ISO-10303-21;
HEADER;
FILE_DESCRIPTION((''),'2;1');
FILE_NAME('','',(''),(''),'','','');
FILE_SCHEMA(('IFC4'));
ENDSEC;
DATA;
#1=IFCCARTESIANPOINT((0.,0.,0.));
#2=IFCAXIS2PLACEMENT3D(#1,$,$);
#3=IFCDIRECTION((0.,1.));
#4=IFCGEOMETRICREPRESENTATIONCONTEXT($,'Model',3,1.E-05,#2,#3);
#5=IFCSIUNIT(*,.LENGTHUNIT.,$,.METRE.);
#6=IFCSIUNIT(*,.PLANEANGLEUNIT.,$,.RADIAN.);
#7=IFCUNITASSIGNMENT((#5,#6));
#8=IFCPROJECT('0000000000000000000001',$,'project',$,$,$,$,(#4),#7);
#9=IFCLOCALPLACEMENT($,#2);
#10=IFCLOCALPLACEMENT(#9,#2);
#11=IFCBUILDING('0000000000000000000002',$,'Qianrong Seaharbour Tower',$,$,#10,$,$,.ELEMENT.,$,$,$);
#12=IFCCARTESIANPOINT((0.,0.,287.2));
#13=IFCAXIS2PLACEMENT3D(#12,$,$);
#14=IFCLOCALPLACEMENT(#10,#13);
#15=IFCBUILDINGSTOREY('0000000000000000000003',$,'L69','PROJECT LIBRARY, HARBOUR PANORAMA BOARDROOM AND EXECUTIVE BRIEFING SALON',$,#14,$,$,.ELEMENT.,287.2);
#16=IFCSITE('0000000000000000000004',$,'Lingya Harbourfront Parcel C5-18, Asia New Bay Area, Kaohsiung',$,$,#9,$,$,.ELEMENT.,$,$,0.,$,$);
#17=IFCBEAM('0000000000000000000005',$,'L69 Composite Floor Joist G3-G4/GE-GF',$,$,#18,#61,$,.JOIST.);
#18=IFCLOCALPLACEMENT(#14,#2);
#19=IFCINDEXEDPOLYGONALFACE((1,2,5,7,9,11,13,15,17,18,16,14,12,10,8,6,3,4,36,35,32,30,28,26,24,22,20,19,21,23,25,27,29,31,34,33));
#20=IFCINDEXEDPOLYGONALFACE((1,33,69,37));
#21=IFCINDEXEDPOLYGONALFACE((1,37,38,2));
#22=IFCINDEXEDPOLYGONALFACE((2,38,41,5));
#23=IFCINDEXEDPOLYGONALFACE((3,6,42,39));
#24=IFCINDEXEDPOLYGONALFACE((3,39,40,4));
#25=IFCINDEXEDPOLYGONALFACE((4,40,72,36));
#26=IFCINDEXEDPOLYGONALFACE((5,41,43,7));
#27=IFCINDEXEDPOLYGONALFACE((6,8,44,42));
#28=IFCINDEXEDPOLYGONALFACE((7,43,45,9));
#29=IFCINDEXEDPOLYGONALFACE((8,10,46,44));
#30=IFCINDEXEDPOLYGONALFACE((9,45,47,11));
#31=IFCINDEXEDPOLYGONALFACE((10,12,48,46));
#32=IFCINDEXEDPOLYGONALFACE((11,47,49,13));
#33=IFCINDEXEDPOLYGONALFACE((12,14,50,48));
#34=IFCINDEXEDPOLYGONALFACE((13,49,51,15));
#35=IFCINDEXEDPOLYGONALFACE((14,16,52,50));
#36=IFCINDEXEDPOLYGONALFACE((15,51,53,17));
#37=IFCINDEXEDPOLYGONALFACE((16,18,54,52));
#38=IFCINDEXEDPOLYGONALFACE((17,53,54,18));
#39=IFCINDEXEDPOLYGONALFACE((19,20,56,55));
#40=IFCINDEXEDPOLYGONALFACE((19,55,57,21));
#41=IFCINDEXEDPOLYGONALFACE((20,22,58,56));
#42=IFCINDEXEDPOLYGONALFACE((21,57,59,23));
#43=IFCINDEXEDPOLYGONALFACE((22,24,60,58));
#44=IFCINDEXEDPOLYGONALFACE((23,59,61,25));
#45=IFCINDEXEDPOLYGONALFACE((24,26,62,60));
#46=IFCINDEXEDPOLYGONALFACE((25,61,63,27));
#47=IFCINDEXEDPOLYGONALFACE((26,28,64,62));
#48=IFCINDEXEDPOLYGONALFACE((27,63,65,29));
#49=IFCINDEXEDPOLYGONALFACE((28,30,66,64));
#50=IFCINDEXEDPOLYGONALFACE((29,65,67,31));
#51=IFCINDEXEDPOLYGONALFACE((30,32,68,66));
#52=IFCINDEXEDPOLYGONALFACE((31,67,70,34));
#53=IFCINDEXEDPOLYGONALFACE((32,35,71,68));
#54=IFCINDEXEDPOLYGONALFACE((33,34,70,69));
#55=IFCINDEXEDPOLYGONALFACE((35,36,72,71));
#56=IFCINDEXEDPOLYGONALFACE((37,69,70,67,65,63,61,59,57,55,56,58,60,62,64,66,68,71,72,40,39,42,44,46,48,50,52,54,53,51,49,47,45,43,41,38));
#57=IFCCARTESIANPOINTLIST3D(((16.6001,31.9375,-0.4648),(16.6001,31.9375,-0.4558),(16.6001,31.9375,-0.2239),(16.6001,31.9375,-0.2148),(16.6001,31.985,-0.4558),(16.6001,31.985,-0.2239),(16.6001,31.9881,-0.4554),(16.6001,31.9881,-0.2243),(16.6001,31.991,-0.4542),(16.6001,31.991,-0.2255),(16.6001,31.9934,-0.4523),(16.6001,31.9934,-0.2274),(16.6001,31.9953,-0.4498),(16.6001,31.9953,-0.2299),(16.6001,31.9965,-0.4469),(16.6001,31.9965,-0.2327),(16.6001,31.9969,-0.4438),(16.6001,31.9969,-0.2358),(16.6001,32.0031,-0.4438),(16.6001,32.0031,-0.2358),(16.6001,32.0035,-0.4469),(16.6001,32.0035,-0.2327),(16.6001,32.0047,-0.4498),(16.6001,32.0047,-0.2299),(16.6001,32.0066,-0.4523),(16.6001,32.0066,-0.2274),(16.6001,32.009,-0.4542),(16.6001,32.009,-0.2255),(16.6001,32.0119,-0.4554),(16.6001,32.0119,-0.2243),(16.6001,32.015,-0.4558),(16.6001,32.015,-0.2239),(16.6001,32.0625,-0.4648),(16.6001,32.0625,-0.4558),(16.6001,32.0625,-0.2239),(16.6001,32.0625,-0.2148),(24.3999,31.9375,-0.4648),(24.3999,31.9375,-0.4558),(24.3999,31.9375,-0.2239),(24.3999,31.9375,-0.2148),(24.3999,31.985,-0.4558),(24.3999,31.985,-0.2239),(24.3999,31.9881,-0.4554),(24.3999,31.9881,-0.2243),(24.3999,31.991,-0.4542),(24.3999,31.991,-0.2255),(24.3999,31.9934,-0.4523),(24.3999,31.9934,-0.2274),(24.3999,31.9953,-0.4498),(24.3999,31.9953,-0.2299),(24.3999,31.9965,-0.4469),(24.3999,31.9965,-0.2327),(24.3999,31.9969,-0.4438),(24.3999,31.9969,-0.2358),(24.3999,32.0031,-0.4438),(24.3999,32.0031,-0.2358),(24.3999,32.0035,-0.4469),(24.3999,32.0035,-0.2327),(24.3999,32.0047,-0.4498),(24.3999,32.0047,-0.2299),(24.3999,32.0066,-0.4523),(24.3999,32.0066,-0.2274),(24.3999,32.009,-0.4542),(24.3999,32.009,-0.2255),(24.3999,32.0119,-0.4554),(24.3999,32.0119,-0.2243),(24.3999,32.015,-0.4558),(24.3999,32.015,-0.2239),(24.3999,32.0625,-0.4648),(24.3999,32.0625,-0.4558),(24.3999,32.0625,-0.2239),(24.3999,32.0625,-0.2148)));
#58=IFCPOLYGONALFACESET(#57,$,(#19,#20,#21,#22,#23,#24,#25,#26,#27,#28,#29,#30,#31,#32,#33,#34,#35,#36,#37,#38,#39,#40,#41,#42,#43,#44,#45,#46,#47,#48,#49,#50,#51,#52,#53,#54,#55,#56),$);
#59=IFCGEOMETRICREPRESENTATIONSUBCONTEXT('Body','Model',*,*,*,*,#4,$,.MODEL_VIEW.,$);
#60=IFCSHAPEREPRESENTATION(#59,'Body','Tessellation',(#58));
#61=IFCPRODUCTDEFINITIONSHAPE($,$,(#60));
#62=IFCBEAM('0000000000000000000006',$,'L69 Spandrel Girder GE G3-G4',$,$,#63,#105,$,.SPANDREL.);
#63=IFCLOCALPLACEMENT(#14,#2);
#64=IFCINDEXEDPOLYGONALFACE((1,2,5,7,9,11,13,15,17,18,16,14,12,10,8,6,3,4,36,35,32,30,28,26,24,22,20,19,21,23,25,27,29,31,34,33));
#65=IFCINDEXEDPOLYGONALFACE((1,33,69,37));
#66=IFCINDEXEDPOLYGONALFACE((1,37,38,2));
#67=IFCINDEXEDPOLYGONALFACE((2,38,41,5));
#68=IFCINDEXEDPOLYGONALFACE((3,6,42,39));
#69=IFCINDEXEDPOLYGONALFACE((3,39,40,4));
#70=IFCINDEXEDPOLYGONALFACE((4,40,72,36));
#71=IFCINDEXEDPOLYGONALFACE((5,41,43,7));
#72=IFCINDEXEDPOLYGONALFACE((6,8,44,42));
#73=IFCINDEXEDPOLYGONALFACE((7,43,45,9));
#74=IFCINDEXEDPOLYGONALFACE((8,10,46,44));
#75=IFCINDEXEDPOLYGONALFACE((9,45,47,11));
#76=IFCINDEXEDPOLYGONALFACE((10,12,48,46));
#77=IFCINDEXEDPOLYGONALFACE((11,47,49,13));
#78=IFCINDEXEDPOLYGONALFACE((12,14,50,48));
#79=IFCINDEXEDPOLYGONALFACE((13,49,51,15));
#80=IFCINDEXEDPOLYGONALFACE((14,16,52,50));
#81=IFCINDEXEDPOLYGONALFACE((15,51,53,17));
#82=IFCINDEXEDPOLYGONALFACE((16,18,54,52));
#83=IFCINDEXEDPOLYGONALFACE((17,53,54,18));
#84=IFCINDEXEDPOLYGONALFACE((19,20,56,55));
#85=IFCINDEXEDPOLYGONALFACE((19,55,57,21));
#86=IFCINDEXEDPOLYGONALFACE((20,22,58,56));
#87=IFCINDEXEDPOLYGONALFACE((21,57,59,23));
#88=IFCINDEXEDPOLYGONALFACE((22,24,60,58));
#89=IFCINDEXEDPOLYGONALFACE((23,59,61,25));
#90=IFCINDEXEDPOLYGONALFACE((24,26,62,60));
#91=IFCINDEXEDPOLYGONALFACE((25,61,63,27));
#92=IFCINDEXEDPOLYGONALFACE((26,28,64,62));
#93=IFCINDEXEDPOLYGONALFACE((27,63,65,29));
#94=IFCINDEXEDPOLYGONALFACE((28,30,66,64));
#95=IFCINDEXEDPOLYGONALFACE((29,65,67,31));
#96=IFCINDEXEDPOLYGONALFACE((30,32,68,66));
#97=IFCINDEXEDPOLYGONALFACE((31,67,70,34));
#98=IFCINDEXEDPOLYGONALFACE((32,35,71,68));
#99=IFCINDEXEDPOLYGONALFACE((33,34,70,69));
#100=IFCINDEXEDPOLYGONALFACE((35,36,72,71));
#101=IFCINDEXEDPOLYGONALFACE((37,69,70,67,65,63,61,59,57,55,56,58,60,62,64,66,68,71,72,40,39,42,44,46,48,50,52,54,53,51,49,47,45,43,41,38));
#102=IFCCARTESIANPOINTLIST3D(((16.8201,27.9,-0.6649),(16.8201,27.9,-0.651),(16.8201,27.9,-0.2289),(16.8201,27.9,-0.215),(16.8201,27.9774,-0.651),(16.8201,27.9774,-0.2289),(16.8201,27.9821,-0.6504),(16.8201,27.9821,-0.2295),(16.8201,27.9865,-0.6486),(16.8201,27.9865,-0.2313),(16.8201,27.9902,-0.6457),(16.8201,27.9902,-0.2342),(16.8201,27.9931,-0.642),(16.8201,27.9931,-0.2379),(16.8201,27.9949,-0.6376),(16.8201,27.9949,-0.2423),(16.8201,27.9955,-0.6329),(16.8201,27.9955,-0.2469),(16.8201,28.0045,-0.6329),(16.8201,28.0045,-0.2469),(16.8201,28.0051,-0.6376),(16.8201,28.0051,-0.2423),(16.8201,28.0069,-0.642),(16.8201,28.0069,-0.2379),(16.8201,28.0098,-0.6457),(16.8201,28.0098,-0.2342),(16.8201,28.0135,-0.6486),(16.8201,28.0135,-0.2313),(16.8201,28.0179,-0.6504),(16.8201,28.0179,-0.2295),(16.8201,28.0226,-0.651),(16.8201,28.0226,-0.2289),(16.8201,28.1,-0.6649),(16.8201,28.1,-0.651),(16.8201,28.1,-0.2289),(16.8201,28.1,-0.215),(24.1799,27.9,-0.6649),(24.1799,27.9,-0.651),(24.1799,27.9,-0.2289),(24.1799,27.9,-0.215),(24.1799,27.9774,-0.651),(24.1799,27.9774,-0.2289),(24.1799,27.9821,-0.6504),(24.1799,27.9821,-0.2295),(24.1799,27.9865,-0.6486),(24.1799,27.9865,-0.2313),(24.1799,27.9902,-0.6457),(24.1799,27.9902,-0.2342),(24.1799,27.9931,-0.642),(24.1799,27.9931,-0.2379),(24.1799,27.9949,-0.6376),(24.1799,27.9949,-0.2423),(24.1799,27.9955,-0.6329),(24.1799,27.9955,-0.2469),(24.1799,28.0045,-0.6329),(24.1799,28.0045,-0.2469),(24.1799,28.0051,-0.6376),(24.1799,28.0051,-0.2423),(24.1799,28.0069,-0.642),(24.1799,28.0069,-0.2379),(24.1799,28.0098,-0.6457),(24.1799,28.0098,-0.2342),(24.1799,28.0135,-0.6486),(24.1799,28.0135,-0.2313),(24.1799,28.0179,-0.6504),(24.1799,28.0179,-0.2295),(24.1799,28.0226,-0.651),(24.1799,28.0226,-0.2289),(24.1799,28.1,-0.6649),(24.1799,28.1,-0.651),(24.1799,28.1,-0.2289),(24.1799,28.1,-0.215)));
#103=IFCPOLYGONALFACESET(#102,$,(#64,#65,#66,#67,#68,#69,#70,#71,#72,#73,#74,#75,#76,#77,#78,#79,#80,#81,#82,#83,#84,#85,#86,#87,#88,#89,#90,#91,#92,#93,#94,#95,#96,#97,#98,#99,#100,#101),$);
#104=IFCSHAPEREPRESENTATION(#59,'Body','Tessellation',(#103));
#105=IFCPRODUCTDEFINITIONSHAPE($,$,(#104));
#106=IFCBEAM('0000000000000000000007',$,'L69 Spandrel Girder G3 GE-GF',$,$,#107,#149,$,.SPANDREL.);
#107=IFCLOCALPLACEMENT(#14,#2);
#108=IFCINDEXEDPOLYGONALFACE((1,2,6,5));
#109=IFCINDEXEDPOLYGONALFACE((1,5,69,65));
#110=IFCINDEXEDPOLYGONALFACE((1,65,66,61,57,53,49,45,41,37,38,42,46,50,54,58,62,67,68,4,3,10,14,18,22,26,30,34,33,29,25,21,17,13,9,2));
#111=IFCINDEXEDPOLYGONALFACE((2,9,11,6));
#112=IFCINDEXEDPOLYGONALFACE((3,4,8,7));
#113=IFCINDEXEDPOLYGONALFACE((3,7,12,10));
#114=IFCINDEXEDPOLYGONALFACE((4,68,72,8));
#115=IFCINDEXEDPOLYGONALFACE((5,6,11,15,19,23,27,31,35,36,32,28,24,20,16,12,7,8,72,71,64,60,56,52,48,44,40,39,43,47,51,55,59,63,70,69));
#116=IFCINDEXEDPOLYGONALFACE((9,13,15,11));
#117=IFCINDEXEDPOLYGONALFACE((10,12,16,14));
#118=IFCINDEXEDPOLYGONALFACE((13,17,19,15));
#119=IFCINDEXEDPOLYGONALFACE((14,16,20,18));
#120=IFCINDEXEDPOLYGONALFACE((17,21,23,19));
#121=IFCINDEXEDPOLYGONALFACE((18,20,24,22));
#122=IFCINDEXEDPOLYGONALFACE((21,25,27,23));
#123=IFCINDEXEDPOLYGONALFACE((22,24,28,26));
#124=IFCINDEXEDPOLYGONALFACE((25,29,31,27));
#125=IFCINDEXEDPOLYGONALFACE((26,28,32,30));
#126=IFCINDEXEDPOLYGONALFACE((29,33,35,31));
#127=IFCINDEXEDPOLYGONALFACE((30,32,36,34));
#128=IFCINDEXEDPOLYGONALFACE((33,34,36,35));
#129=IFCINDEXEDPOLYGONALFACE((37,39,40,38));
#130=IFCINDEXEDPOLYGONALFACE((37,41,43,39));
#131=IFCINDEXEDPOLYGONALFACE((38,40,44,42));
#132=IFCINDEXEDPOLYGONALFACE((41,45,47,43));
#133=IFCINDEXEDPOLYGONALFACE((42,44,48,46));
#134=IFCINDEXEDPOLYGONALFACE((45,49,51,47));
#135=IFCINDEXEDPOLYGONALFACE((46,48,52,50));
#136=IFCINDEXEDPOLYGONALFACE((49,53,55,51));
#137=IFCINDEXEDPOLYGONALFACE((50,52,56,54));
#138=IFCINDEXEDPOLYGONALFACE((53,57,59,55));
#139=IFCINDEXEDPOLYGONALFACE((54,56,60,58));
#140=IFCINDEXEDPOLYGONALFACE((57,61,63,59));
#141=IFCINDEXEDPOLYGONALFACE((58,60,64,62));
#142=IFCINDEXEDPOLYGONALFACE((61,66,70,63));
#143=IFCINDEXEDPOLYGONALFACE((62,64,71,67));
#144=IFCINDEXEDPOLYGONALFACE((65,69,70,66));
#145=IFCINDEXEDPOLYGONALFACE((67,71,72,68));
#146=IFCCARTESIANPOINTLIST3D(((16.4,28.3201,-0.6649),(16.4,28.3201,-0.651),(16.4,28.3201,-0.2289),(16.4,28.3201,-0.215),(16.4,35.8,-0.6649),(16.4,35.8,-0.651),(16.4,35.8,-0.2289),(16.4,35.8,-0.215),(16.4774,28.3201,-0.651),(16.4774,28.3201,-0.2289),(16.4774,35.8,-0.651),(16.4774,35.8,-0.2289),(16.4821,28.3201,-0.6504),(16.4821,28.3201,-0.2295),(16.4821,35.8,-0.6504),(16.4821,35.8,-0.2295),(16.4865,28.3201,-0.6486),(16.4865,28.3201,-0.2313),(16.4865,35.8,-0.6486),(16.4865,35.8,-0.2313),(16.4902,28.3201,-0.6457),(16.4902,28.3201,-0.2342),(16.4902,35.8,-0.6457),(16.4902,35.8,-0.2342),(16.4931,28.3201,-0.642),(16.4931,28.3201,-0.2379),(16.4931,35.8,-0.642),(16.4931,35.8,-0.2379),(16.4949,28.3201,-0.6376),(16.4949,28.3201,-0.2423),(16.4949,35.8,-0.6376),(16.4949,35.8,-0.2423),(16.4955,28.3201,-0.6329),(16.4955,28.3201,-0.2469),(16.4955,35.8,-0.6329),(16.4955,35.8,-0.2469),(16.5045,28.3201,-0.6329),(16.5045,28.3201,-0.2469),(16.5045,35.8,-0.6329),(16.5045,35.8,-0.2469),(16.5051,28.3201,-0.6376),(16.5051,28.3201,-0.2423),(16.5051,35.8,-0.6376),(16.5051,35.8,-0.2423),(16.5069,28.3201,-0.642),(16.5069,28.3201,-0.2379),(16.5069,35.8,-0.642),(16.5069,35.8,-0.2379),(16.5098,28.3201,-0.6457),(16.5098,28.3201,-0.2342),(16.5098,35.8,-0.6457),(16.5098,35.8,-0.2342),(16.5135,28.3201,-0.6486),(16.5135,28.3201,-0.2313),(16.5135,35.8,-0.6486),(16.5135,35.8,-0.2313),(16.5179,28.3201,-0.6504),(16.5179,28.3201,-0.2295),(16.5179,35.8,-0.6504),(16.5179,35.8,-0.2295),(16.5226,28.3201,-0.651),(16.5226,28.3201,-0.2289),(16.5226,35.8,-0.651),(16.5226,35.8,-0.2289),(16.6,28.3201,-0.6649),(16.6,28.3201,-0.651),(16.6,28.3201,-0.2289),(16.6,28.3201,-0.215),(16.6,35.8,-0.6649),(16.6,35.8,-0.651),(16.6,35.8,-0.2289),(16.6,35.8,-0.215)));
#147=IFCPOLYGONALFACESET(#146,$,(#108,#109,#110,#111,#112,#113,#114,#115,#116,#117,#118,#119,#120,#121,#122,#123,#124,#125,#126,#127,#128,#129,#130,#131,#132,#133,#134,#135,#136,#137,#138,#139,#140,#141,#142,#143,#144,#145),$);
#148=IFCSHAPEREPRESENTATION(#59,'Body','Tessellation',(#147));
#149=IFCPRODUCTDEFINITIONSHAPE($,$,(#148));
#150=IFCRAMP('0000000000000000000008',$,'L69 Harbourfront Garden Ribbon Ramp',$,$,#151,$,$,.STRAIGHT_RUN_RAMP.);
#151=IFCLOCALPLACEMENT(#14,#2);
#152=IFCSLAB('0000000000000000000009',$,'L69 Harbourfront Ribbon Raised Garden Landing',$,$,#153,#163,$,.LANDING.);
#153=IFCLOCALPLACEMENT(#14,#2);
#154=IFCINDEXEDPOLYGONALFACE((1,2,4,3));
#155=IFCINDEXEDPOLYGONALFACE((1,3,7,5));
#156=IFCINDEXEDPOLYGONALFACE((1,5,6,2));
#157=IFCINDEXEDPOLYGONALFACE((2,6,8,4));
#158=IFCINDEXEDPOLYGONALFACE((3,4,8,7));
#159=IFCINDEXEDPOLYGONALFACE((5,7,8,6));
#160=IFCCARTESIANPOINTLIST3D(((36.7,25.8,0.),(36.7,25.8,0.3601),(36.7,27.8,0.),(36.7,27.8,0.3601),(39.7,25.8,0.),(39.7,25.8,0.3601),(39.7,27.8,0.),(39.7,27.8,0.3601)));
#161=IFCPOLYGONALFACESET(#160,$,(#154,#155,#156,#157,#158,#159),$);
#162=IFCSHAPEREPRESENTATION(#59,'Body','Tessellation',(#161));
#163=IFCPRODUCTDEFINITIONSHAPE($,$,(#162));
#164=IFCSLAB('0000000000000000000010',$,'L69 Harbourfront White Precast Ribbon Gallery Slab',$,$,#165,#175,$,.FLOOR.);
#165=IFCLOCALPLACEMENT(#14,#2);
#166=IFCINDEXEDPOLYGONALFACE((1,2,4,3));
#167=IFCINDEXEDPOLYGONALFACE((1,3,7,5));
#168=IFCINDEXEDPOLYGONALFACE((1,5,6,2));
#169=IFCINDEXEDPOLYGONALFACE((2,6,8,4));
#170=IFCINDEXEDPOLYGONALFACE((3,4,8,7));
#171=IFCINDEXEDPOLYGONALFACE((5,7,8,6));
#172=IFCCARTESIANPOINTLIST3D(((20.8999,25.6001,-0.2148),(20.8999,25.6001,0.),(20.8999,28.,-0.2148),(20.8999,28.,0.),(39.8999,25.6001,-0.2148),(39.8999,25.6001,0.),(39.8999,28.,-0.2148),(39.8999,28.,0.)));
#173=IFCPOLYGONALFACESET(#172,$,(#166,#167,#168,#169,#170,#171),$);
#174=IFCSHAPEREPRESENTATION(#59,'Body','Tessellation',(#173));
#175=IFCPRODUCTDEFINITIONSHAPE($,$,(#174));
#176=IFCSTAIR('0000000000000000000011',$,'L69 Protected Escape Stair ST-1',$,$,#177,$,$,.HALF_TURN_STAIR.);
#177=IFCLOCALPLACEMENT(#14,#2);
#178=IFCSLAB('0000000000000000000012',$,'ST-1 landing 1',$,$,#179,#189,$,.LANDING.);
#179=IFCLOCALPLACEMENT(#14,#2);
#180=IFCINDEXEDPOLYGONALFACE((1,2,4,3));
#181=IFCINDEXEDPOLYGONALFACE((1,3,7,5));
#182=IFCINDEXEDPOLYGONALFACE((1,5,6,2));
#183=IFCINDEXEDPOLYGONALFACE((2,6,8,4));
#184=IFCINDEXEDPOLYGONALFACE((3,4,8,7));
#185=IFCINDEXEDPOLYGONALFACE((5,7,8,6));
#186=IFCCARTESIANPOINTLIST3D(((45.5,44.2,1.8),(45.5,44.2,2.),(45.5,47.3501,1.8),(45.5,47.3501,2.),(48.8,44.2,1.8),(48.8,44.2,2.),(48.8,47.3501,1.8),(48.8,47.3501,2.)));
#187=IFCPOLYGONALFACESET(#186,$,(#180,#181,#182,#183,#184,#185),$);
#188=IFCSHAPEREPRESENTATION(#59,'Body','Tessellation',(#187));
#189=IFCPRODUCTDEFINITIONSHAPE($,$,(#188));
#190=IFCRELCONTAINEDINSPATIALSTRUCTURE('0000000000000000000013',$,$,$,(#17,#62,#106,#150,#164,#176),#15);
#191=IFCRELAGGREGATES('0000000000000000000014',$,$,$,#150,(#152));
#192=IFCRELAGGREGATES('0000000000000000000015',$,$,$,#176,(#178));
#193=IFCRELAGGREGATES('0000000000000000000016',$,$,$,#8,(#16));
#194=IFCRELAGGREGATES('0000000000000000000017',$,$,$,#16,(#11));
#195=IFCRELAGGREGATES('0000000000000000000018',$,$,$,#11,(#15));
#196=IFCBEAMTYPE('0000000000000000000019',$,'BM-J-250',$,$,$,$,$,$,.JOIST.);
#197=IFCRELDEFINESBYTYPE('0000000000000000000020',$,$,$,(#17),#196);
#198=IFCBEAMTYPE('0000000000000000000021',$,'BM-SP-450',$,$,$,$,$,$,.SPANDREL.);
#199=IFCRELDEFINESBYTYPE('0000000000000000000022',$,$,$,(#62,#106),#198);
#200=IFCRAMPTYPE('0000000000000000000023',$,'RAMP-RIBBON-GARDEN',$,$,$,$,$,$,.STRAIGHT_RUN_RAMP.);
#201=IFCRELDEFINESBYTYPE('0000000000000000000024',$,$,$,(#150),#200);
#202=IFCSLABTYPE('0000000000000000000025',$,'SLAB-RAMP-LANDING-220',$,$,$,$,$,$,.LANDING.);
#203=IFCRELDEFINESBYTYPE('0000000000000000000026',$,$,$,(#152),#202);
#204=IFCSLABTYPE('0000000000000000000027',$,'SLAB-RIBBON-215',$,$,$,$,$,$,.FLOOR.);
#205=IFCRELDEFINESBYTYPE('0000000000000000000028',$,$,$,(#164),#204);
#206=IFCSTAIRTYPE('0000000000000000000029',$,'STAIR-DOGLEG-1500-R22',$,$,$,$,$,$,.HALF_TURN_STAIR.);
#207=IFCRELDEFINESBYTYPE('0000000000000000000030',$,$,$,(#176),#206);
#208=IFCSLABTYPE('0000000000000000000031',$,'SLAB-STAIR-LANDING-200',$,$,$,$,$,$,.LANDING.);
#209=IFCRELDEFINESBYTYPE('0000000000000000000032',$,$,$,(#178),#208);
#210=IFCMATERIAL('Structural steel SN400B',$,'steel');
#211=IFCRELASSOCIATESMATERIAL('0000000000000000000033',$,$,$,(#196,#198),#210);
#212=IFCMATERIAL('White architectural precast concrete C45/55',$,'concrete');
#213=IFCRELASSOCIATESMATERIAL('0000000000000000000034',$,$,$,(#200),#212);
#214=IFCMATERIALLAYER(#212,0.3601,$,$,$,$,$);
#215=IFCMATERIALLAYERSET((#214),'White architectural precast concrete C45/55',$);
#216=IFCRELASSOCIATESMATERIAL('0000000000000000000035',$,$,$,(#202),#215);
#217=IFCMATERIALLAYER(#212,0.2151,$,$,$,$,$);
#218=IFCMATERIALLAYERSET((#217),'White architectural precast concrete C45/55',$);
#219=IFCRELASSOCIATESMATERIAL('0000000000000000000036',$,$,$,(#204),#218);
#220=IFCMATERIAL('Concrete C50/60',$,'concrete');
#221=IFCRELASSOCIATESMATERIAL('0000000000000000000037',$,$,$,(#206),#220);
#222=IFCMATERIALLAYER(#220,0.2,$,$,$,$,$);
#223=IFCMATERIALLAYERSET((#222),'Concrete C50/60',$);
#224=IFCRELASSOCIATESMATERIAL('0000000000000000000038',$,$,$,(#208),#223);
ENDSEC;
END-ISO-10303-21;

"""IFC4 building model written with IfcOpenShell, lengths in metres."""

from ifc_helpers import new_model, si_unit, direction, frame, origin, origin_2d, place, context, subcontext, project, spatial, polyline, i_section, outline, extrude, material, layer, layer_set, material_profile, profile_set, type_object, element, aggregate, save


model = new_model("IFC4")

# Units and contexts
model_context = context("Model", 3, precision=1e-05, world=origin(), true_north=direction((0.0, 1.0)))
body_context = subcontext(model_context, "Body", "Model", "MODEL_VIEW")
ifc_project = project(units=[si_unit("LENGTHUNIT", "METRE"), si_unit("PLANEANGLEUNIT", "RADIAN")], contexts=[model_context])

# Site, building, storey
site_placement = place(None, origin())
site = spatial("IfcSite", under=ifc_project, at=site_placement, Name="Lingya Harbourfront Parcel C5-18, Asia New Bay Area, Kaohsiung", CompositionType="ELEMENT", RefElevation=0.0)
building_placement = place(site_placement, origin())
building = spatial("IfcBuilding", under=site, at=building_placement, Name="Qianrong Seaharbour Tower", CompositionType="ELEMENT")
storey_placement = place(building_placement, frame((0.0, 0.0, 287.2)))
storey = spatial("IfcBuildingStorey", under=building, at=storey_placement, Name="L69", Description="PROJECT LIBRARY, HARBOUR PANORAMA BOARDROOM AND EXECUTIVE BRIEFING SALON", CompositionType="ELEMENT", Elevation=287.2)

# Beams
ifc_material_1 = material(Name="Structural steel SN400B", Category="steel")
ifc_material_profile_1 = material_profile(ifc_material_1, i_section(OverallWidth=0.125, OverallDepth=0.25, WebThickness=0.0061, FlangeThickness=0.009, FilletRadius=0.012, at=origin_2d()), Name="H250x125x6x9")
ifc_profile_set_1 = profile_set([ifc_material_profile_1], Name="Structural steel SN400B")
beam_type_1 = type_object("IfcBeamType", Name="BM-J-250", PredefinedType="JOIST", material=ifc_profile_set_1)
beam_1_placement = place(storey_placement, frame((16.6001, 32.0, -0.3398), z_axis=(1.0, 0.0, 0.0), x_axis=(0.0, 1.0, 0.0)))
element("IfcBeam", 1, at=beam_1_placement, inside=storey, type_object=beam_type_1, Name="L69 Composite Floor Joist G3-G4/GE-GF", PredefinedType="JOIST", context=body_context, shape_type="SweptSolid", body=[
    extrude(i_section(OverallWidth=0.125, OverallDepth=0.25, WebThickness=0.0061, FlangeThickness=0.009, FilletRadius=0.012, at=origin_2d()), origin(), (0.0, 0.0, 1.0), 7.7998),
])
ifc_material_profile_2 = material_profile(ifc_material_1, i_section(OverallWidth=0.2, OverallDepth=0.45, WebThickness=0.009, FlangeThickness=0.0139, FilletRadius=0.0181, at=origin_2d()), Name="H450x200x9x14")
ifc_profile_set_2 = profile_set([ifc_material_profile_2], Name="Structural steel SN400B")
beam_type_2 = type_object("IfcBeamType", Name="BM-SP-450", PredefinedType="SPANDREL", material=ifc_profile_set_2)
beam_2_placement = place(storey_placement, frame((16.8201, 28.0, -0.4399), z_axis=(1.0, 0.0, 0.0), x_axis=(0.0, 1.0, 0.0)))
element("IfcBeam", 2, at=beam_2_placement, inside=storey, type_object=beam_type_2, Name="L69 Spandrel Girder GE G3-G4", PredefinedType="SPANDREL", context=body_context, shape_type="SweptSolid", body=[
    extrude(i_section(OverallWidth=0.2, OverallDepth=0.45, WebThickness=0.009, FlangeThickness=0.0139, FilletRadius=0.0181, at=origin_2d()), origin(), (0.0, 0.0, 1.0), 7.3599),
])
beam_3_placement = place(storey_placement, frame((16.5, 28.3201, -0.4399), z_axis=(0.0, 1.0, 0.0), x_axis=(-1.0, 0.0, 0.0)))
element("IfcBeam", 3, at=beam_3_placement, inside=storey, type_object=beam_type_2, Name="L69 Spandrel Girder G3 GE-GF", PredefinedType="SPANDREL", context=body_context, shape_type="SweptSolid", body=[
    extrude(i_section(OverallWidth=0.2, OverallDepth=0.45, WebThickness=0.009, FlangeThickness=0.0139, FilletRadius=0.0181, at=origin_2d()), origin(), (0.0, 0.0, 1.0), 7.48),
])

# Ramp, slab
ifc_material_2 = material(Name="White architectural precast concrete C45/55", Category="concrete")
ramp_type = type_object("IfcRampType", Name="RAMP-RIBBON-GARDEN", PredefinedType="STRAIGHT_RUN_RAMP", material=ifc_material_2)
ramp_placement = place(storey_placement, origin())
ramp = element("IfcRamp", 4, at=ramp_placement, inside=storey, type_object=ramp_type, Name="L69 Harbourfront Garden Ribbon Ramp", PredefinedType="STRAIGHT_RUN_RAMP")
ifc_layer_1 = layer(ifc_material_2, 0.3601)
ifc_layer_set_1 = layer_set([ifc_layer_1], Name="White architectural precast concrete C45/55")
slab_type_1 = type_object("IfcSlabType", Name="SLAB-RAMP-LANDING-220", PredefinedType="LANDING", material=ifc_layer_set_1)
slab_1_placement = place(storey_placement, origin())
slab_1 = element("IfcSlab", 5, at=slab_1_placement, type_object=slab_type_1, Name="L69 Harbourfront Ribbon Raised Garden Landing", PredefinedType="LANDING", context=body_context, shape_type="SweptSolid", body=[
    extrude(outline(polyline([(36.7, 25.8), (39.7, 25.8), (39.7, 27.8), (36.7, 27.8), (36.7, 25.8)])), origin(), (0.0, 0.0, 1.0), 0.3601),
])
aggregate(ramp, [slab_1])

# Slab
ifc_layer_2 = layer(ifc_material_2, 0.2151)
ifc_layer_set_2 = layer_set([ifc_layer_2], Name="White architectural precast concrete C45/55")
slab_type_2 = type_object("IfcSlabType", Name="SLAB-RIBBON-215", PredefinedType="FLOOR", material=ifc_layer_set_2)
slab_2_placement = place(storey_placement, frame((0.0, 0.0, -0.2148)))
element("IfcSlab", 6, at=slab_2_placement, inside=storey, type_object=slab_type_2, Name="L69 Harbourfront White Precast Ribbon Gallery Slab", PredefinedType="FLOOR", context=body_context, shape_type="SweptSolid", body=[
    extrude(outline(polyline([(20.8999, 25.6001), (39.8999, 25.6001), (39.8999, 28.0), (20.8999, 28.0), (20.8999, 25.6001)])), origin(), (0.0, 0.0, 1.0), 0.2148),
])

# Stair, slab
ifc_material_3 = material(Name="Concrete C50/60", Category="concrete")
stair_type = type_object("IfcStairType", Name="STAIR-DOGLEG-1500-R22", PredefinedType="HALF_TURN_STAIR", material=ifc_material_3)
stair_1_placement = place(storey_placement, origin())
stair_1 = element("IfcStair", 7, at=stair_1_placement, inside=storey, type_object=stair_type, Name="L69 Protected Escape Stair ST-1", PredefinedType="HALF_TURN_STAIR")
ifc_layer_3 = layer(ifc_material_3, 0.2)
ifc_layer_set_3 = layer_set([ifc_layer_3], Name="Concrete C50/60")
slab_type_3 = type_object("IfcSlabType", Name="SLAB-STAIR-LANDING-200", PredefinedType="LANDING", material=ifc_layer_set_3)
slab_3_placement = place(storey_placement, frame((0.0, 0.0, 1.8)))
slab_3 = element("IfcSlab", 8, at=slab_3_placement, type_object=slab_type_3, Name="ST-1 landing 1", PredefinedType="LANDING", context=body_context, shape_type="SweptSolid", body=[
    extrude(outline(polyline([(45.5, 44.2), (48.8, 44.2), (48.8, 47.3501), (45.5, 47.3501), (45.5, 44.2)])), origin(), (0.0, 0.0, 1.0), 0.2),
])
aggregate(stair_1, [slab_3])

save(model, "model.ifc")
